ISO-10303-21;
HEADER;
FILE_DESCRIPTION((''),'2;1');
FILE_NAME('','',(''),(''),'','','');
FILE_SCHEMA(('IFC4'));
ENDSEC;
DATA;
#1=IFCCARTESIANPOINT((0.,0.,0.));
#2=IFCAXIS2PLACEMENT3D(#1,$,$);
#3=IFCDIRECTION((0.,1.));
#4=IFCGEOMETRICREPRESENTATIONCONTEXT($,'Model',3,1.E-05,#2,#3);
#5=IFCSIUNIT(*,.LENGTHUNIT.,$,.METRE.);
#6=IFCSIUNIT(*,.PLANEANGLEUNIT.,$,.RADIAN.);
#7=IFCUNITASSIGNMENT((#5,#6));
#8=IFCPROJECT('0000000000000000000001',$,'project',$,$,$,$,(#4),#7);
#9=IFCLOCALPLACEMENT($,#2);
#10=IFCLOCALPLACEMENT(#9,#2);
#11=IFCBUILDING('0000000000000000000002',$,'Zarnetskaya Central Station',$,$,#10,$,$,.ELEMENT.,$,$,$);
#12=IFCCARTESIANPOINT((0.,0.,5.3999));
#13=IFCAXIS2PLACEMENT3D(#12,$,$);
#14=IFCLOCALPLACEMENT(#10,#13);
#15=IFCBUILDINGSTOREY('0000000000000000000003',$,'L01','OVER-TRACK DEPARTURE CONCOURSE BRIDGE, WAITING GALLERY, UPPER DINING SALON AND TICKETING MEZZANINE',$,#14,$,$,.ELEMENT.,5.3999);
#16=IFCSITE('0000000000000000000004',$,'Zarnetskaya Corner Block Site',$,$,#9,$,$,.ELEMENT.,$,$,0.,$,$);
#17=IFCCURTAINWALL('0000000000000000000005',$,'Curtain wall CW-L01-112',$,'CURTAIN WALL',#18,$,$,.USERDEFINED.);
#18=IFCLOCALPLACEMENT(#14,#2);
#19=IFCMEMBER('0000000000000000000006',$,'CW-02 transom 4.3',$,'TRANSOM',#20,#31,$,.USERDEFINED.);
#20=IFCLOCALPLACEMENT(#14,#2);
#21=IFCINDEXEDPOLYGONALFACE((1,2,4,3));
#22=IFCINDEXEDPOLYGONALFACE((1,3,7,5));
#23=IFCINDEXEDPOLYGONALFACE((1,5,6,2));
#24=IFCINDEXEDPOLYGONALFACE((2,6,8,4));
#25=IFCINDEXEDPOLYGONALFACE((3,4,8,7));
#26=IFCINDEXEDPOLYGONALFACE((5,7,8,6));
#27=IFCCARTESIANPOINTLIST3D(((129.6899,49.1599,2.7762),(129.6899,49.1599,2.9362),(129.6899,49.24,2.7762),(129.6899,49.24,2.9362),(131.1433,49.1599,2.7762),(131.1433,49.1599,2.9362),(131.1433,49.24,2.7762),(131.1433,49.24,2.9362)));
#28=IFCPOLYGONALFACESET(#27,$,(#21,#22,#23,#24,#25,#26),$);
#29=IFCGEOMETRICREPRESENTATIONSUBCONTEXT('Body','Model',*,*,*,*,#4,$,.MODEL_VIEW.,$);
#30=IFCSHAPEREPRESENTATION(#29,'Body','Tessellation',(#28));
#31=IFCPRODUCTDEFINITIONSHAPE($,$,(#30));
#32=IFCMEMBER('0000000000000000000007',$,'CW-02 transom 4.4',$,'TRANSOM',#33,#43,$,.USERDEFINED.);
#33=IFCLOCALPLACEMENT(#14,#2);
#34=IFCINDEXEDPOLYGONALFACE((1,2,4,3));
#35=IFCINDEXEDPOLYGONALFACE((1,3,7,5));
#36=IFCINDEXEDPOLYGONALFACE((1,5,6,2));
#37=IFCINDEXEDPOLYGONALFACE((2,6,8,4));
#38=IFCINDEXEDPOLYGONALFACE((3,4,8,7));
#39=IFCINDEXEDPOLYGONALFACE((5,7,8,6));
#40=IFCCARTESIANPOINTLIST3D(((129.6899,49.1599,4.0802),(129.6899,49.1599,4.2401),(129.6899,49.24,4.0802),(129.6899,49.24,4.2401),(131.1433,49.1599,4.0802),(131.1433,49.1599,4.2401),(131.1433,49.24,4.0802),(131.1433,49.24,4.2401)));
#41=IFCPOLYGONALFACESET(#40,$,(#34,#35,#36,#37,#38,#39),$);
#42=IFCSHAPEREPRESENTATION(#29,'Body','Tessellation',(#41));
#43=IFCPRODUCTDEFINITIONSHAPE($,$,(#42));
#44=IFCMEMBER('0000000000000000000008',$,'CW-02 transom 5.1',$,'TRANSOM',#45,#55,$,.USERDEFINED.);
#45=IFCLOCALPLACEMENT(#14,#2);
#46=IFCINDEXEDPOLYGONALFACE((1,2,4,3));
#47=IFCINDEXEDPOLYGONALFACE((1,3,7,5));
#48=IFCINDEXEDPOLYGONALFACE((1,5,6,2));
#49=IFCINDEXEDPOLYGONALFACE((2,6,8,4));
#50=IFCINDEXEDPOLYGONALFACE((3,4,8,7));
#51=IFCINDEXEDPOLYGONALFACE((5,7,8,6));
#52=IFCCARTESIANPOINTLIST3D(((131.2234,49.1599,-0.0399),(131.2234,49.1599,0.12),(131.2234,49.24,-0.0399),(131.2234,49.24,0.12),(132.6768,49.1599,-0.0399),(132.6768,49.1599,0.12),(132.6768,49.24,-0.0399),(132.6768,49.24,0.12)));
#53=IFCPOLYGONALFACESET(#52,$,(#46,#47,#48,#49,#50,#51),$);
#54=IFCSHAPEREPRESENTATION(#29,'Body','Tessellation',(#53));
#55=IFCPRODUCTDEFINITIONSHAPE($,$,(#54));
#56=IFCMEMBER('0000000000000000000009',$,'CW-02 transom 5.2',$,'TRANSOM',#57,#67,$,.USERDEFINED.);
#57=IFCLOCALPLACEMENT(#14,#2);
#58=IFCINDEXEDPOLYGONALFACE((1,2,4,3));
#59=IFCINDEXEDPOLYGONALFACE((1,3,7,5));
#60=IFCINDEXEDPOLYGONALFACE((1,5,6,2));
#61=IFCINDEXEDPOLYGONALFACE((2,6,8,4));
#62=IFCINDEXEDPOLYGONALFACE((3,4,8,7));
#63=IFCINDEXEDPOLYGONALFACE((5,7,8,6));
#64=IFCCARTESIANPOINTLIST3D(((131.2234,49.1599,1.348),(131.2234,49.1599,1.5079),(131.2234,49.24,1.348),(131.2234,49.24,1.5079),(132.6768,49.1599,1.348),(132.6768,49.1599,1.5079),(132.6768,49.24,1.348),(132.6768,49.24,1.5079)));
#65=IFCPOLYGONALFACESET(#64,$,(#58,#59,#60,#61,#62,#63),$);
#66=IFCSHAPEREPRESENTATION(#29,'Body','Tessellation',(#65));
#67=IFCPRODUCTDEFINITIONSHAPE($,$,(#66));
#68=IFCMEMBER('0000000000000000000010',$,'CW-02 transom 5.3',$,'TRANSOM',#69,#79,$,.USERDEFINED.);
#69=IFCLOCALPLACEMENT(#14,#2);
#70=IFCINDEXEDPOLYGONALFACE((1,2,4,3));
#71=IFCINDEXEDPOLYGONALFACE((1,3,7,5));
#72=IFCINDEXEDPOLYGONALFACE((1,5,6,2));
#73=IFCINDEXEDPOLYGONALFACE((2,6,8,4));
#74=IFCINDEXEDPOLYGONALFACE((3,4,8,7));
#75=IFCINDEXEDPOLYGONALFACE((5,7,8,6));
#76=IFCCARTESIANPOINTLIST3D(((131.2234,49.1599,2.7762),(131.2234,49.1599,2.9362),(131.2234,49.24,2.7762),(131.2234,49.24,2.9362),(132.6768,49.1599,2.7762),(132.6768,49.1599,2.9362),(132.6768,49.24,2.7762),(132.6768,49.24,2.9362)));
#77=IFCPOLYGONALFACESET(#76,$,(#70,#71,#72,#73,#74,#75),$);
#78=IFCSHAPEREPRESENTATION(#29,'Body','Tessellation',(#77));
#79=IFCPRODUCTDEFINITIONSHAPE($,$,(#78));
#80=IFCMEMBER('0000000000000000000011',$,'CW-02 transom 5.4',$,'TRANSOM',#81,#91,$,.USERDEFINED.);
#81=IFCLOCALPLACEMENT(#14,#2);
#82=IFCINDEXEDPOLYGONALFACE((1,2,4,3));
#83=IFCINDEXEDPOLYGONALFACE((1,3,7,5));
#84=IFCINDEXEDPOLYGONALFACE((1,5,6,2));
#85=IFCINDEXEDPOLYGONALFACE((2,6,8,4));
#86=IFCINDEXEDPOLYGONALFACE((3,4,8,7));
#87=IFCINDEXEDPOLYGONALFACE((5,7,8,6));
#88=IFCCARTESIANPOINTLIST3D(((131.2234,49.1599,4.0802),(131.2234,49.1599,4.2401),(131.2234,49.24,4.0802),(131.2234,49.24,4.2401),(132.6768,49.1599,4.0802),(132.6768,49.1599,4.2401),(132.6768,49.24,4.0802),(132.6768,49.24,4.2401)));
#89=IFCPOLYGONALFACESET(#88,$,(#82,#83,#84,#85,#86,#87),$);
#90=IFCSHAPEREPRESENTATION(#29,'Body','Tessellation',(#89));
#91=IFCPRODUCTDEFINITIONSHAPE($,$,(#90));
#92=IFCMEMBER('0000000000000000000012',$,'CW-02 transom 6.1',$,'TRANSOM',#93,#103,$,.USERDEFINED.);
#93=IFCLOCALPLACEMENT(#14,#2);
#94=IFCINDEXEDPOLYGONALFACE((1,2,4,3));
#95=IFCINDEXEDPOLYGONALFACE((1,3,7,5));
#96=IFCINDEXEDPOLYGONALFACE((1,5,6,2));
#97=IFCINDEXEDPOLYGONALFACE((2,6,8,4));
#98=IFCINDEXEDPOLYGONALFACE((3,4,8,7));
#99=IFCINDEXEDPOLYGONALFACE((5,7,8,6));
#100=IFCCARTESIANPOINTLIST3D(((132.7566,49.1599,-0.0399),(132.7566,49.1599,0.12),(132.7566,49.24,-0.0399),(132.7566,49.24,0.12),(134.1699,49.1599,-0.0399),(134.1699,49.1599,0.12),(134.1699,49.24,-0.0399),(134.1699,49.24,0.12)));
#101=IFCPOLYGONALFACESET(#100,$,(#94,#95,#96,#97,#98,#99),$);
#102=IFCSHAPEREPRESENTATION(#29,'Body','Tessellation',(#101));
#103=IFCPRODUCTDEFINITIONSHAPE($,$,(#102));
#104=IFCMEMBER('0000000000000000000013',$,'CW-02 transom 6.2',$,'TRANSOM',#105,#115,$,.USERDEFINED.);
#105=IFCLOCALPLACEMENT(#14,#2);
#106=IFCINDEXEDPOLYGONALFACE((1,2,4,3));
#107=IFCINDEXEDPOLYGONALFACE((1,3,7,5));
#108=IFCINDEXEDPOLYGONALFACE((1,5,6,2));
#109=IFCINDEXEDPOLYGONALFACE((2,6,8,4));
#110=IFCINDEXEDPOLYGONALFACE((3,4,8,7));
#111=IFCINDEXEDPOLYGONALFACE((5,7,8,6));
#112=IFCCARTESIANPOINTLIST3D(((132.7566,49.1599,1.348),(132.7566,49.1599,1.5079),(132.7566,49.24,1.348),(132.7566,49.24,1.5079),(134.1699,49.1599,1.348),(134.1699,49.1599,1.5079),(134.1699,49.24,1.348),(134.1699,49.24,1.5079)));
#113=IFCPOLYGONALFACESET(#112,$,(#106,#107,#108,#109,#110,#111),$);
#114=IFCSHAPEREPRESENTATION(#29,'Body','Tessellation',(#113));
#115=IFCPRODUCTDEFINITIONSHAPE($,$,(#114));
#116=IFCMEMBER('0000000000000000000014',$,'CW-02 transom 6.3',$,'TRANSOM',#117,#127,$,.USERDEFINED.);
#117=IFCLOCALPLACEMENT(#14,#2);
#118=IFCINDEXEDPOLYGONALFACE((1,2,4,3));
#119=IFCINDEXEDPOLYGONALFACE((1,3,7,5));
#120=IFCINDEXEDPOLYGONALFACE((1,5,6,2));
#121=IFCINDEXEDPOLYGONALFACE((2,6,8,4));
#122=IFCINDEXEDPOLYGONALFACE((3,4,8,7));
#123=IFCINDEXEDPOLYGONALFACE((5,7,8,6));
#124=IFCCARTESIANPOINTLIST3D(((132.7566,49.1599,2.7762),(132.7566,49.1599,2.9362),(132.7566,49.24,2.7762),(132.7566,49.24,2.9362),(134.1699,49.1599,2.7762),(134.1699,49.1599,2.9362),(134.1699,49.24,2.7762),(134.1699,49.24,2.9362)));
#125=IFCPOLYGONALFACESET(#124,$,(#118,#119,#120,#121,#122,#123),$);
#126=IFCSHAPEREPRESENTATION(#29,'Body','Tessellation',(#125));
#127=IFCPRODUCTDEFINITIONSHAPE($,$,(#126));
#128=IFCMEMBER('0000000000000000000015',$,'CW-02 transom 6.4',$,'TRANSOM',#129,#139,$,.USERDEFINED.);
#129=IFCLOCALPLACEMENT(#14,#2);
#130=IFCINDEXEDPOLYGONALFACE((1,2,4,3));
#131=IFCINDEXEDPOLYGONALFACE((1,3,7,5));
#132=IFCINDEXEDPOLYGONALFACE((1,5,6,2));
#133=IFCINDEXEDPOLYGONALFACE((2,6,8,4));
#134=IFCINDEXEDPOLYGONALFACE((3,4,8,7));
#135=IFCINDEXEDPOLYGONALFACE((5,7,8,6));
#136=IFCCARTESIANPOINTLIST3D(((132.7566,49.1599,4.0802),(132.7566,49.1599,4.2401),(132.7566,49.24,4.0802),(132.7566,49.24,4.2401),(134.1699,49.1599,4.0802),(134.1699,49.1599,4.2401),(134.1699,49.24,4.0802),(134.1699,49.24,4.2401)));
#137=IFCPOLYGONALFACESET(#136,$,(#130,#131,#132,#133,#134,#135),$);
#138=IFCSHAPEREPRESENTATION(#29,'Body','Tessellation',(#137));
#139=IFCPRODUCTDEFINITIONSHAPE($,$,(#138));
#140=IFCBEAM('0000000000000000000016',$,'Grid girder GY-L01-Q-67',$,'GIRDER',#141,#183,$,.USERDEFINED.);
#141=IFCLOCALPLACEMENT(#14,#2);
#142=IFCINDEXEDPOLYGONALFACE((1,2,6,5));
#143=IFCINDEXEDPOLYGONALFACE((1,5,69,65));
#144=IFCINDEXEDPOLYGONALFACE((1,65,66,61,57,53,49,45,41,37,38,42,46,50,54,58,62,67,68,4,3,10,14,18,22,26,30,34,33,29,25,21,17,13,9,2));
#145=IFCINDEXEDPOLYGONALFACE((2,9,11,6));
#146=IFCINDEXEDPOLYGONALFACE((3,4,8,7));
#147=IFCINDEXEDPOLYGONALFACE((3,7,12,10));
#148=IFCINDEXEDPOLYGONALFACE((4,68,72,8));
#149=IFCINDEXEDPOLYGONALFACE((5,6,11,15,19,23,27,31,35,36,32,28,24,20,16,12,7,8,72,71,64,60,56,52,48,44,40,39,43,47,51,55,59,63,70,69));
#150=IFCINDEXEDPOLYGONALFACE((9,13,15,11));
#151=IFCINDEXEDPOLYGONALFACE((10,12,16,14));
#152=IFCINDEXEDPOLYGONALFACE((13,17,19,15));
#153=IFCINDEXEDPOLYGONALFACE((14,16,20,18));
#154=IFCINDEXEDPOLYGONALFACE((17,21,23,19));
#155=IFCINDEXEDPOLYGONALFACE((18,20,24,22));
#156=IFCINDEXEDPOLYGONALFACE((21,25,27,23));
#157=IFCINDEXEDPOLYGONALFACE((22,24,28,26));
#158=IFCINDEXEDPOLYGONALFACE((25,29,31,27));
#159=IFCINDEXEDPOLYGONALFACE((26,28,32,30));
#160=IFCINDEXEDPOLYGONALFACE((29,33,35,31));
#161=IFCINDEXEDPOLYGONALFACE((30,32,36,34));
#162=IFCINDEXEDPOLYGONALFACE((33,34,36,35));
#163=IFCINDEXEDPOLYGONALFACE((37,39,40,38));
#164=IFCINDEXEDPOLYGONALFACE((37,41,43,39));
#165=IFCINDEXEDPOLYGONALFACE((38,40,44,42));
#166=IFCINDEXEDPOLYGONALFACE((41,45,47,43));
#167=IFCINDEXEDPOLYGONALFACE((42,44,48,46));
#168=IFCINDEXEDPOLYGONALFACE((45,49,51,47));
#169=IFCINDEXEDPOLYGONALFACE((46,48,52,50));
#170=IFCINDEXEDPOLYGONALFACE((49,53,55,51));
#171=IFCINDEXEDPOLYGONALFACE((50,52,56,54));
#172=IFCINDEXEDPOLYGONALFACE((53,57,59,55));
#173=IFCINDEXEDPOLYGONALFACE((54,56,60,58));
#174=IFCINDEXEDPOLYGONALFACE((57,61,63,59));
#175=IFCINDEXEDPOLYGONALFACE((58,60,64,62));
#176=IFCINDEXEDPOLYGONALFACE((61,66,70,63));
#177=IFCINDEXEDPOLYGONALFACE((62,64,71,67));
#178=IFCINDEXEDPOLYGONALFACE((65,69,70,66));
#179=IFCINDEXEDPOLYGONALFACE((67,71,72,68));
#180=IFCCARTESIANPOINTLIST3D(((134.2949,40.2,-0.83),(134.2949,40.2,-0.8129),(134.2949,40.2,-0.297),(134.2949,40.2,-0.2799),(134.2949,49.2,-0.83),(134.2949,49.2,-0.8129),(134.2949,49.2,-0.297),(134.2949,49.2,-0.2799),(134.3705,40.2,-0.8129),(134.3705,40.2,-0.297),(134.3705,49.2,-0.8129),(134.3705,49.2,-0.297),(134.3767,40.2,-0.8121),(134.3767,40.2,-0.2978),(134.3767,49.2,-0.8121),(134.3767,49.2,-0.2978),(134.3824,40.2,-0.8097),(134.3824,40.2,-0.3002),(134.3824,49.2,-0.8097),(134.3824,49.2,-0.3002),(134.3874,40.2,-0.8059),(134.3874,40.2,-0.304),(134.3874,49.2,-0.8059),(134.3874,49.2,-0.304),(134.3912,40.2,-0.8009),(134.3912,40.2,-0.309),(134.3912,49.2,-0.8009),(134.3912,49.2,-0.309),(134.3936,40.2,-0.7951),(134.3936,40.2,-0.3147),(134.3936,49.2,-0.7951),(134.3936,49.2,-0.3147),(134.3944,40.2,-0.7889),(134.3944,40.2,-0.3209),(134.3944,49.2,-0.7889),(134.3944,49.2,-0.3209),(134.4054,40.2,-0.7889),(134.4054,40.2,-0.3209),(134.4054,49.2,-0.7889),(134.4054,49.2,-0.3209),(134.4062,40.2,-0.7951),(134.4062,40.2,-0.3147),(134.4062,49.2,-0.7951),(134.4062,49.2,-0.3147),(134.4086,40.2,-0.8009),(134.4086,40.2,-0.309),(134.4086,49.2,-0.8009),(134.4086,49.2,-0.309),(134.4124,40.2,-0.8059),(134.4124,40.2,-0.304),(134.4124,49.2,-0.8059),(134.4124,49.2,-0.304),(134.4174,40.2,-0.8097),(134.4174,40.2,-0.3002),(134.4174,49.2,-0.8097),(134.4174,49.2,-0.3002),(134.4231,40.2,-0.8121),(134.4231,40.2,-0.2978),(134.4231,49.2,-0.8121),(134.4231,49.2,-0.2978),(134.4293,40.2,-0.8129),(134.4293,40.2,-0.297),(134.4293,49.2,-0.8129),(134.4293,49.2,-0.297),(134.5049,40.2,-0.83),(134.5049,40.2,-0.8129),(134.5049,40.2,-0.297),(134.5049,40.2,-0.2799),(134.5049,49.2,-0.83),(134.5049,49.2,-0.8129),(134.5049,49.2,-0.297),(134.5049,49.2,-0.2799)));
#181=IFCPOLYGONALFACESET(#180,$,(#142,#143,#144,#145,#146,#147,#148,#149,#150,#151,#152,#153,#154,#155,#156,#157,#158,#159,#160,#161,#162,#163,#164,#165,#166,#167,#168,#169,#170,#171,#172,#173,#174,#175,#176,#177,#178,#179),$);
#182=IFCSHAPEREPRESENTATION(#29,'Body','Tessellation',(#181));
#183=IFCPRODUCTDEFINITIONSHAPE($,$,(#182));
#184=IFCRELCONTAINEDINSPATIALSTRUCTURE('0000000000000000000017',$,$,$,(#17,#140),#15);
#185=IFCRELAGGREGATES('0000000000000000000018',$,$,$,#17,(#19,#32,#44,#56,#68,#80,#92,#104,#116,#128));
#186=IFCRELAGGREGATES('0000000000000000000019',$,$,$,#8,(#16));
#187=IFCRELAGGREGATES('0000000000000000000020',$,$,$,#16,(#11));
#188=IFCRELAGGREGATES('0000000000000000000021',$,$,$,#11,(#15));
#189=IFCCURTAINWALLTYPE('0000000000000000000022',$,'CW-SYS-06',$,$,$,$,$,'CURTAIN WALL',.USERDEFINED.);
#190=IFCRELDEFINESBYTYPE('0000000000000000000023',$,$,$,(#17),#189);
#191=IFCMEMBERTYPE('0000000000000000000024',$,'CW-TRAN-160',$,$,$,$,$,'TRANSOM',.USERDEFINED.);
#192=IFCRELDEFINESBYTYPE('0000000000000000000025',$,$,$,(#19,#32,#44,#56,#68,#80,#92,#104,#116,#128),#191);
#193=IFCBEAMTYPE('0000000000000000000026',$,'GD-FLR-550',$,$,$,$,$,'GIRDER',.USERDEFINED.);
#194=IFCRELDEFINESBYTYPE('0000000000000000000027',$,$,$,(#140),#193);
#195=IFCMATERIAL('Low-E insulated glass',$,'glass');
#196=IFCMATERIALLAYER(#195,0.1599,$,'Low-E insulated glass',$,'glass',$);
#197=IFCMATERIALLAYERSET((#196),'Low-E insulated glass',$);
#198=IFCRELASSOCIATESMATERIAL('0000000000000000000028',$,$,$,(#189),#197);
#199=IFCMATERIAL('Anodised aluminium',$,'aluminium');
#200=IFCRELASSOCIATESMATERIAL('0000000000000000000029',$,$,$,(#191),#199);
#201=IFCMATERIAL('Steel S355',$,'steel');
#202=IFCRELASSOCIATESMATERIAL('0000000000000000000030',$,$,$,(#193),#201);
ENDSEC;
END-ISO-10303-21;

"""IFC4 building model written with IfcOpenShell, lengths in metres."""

from ifc_helpers import new_model, si_unit, direction, frame, origin, origin_2d, place, context, subcontext, project, spatial, rectangle, i_section, extrude, material, layer, layer_set, material_profile, profile_set, type_object, element, aggregate, save


model = new_model("IFC4")

# Units and contexts
model_context = context("Model", 3, precision=1e-05, world=origin(), true_north=direction((0.0, 1.0)))
body_context = subcontext(model_context, "Body", "Model", "MODEL_VIEW")
ifc_project = project(units=[si_unit("LENGTHUNIT", "METRE"), si_unit("PLANEANGLEUNIT", "RADIAN")], contexts=[model_context])

# Site, building, storey
site_placement = place(None, origin())
site = spatial("IfcSite", under=ifc_project, at=site_placement, Name="Zarnetskaya Corner Block Site", CompositionType="ELEMENT", RefElevation=0.0)
building_placement = place(site_placement, origin())
building = spatial("IfcBuilding", under=site, at=building_placement, Name="Zarnetskaya Central Station", CompositionType="ELEMENT")
storey_placement = place(building_placement, frame((0.0, 0.0, 5.3999)))
storey = spatial("IfcBuildingStorey", under=building, at=storey_placement, Name="L01", Description="OVER-TRACK DEPARTURE CONCOURSE BRIDGE, WAITING GALLERY, UPPER DINING SALON AND TICKETING MEZZANINE", CompositionType="ELEMENT", Elevation=5.3999)

# Shared definitions
ifc_material_1 = material(Name="Steel S355", Category="steel")

# Curtain wall, members
ifc_material_2 = material(Name="Low-E insulated glass", Category="glass")
ifc_layer_1 = layer(ifc_material_2, 0.1599, Name="Low-E insulated glass", Category="glass")
ifc_layer_set_1 = layer_set([ifc_layer_1], Name="Low-E insulated glass")
curtain_wall_type = type_object("IfcCurtainWallType", Name="CW-SYS-06", ElementType="CURTAIN WALL", PredefinedType="USERDEFINED", material=ifc_layer_set_1)
curtain_wall_placement = place(storey_placement, origin())
curtain_wall = element("IfcCurtainWall", 1, at=curtain_wall_placement, inside=storey, type_object=curtain_wall_type, Name="Curtain wall CW-L01-112", ObjectType="CURTAIN WALL", PredefinedType="USERDEFINED")
ifc_material_3 = material(Name="Anodised aluminium", Category="aluminium")
ifc_material_profile_1 = material_profile(ifc_material_3, rectangle(XDim=0.0801, YDim=0.1599, at=origin_2d()), Name="ALU TRAN 80x160")
ifc_profile_set_1 = profile_set([ifc_material_profile_1], Name="Anodised aluminium")
member_type_1 = type_object("IfcMemberType", Name="CW-TRAN-160", ElementType="TRANSOM", PredefinedType="USERDEFINED", material=ifc_profile_set_1)
member_1_placement = place(storey_placement, frame((129.6899, 49.2, 2.8562), z_axis=(1.0, 0.0, 0.0), x_axis=(0.0, 1.0, 0.0)))
member_1 = element("IfcMember", 2, at=member_1_placement, type_object=member_type_1, Name="CW-02 transom 4.3", ObjectType="TRANSOM", PredefinedType="USERDEFINED", context=body_context, shape_type="SweptSolid", body=[
    extrude(rectangle(XDim=0.0801, YDim=0.1599, at=origin_2d()), origin(), (0.0, 0.0, 1.0), 1.4534),
])
member_2_placement = place(storey_placement, frame((129.6899, 49.2, 4.1602), z_axis=(1.0, 0.0, 0.0), x_axis=(0.0, 1.0, 0.0)))
member_2 = element("IfcMember", 3, at=member_2_placement, type_object=member_type_1, Name="CW-02 transom 4.4", ObjectType="TRANSOM", PredefinedType="USERDEFINED", context=body_context, shape_type="SweptSolid", body=[
    extrude(rectangle(XDim=0.0801, YDim=0.1599, at=origin_2d()), origin(), (0.0, 0.0, 1.0), 1.4534),
])
member_3_placement = place(storey_placement, frame((131.2234, 49.2, 0.04), z_axis=(1.0, 0.0, 0.0), x_axis=(0.0, 1.0, 0.0)))
member_3 = element("IfcMember", 4, at=member_3_placement, type_object=member_type_1, Name="CW-02 transom 5.1", ObjectType="TRANSOM", PredefinedType="USERDEFINED", context=body_context, shape_type="SweptSolid", body=[
    extrude(rectangle(XDim=0.0801, YDim=0.1599, at=origin_2d()), origin(), (0.0, 0.0, 1.0), 1.4534),
])
member_4_placement = place(storey_placement, frame((131.2234, 49.2, 1.428), z_axis=(1.0, 0.0, 0.0), x_axis=(0.0, 1.0, 0.0)))
member_4 = element("IfcMember", 5, at=member_4_placement, type_object=member_type_1, Name="CW-02 transom 5.2", ObjectType="TRANSOM", PredefinedType="USERDEFINED", context=body_context, shape_type="SweptSolid", body=[
    extrude(rectangle(XDim=0.0801, YDim=0.1599, at=origin_2d()), origin(), (0.0, 0.0, 1.0), 1.4534),
])
member_5_placement = place(storey_placement, frame((131.2234, 49.2, 2.8562), z_axis=(1.0, 0.0, 0.0), x_axis=(0.0, 1.0, 0.0)))
member_5 = element("IfcMember", 6, at=member_5_placement, type_object=member_type_1, Name="CW-02 transom 5.3", ObjectType="TRANSOM", PredefinedType="USERDEFINED", context=body_context, shape_type="SweptSolid", body=[
    extrude(rectangle(XDim=0.0801, YDim=0.1599, at=origin_2d()), origin(), (0.0, 0.0, 1.0), 1.4534),
])
member_6_placement = place(storey_placement, frame((131.2234, 49.2, 4.1602), z_axis=(1.0, 0.0, 0.0), x_axis=(0.0, 1.0, 0.0)))
member_6 = element("IfcMember", 7, at=member_6_placement, type_object=member_type_1, Name="CW-02 transom 5.4", ObjectType="TRANSOM", PredefinedType="USERDEFINED", context=body_context, shape_type="SweptSolid", body=[
    extrude(rectangle(XDim=0.0801, YDim=0.1599, at=origin_2d()), origin(), (0.0, 0.0, 1.0), 1.4534),
])
member_7_placement = place(storey_placement, frame((132.7566, 49.2, 0.04), z_axis=(1.0, 0.0, 0.0), x_axis=(0.0, 1.0, 0.0)))
member_7 = element("IfcMember", 8, at=member_7_placement, type_object=member_type_1, Name="CW-02 transom 6.1", ObjectType="TRANSOM", PredefinedType="USERDEFINED", context=body_context, shape_type="SweptSolid", body=[
    extrude(rectangle(XDim=0.0801, YDim=0.1599, at=origin_2d()), origin(), (0.0, 0.0, 1.0), 1.4133),
])
member_8_placement = place(storey_placement, frame((132.7566, 49.2, 1.428), z_axis=(1.0, 0.0, 0.0), x_axis=(0.0, 1.0, 0.0)))
member_8 = element("IfcMember", 9, at=member_8_placement, type_object=member_type_1, Name="CW-02 transom 6.2", ObjectType="TRANSOM", PredefinedType="USERDEFINED", context=body_context, shape_type="SweptSolid", body=[
    extrude(rectangle(XDim=0.0801, YDim=0.1599, at=origin_2d()), origin(), (0.0, 0.0, 1.0), 1.4133),
])
member_9_placement = place(storey_placement, frame((132.7566, 49.2, 2.8562), z_axis=(1.0, 0.0, 0.0), x_axis=(0.0, 1.0, 0.0)))
member_9 = element("IfcMember", 10, at=member_9_placement, type_object=member_type_1, Name="CW-02 transom 6.3", ObjectType="TRANSOM", PredefinedType="USERDEFINED", context=body_context, shape_type="SweptSolid", body=[
    extrude(rectangle(XDim=0.0801, YDim=0.1599, at=origin_2d()), origin(), (0.0, 0.0, 1.0), 1.4133),
])
member_10_placement = place(storey_placement, frame((132.7566, 49.2, 4.1602), z_axis=(1.0, 0.0, 0.0), x_axis=(0.0, 1.0, 0.0)))
member_10 = element("IfcMember", 11, at=member_10_placement, type_object=member_type_1, Name="CW-02 transom 6.4", ObjectType="TRANSOM", PredefinedType="USERDEFINED", context=body_context, shape_type="SweptSolid", body=[
    extrude(rectangle(XDim=0.0801, YDim=0.1599, at=origin_2d()), origin(), (0.0, 0.0, 1.0), 1.4133),
])

# Beam
ifc_material_profile_2 = material_profile(ifc_material_1, i_section(OverallWidth=0.21, OverallDepth=0.55, WebThickness=0.011, FlangeThickness=0.0171, FilletRadius=0.0239, at=origin_2d()), Name="IPE 550")
ifc_profile_set_2 = profile_set([ifc_material_profile_2], Name="Steel S355")
beam_type_1 = type_object("IfcBeamType", Name="GD-FLR-550", ElementType="GIRDER", PredefinedType="USERDEFINED", material=ifc_profile_set_2)
for number, where, z_axis, x_axis, name in (
    (12, (134.3999, 40.2, -0.5549), (0.0, 1.0, 0.0), (-1.0, 0.0, 0.0), "Grid girder GY-L01-Q-67"),
):
    element("IfcBeam", number, at=place(storey_placement, frame(where, z_axis=z_axis, x_axis=x_axis)), inside=storey, type_object=beam_type_1, Name=name, ObjectType="GIRDER", PredefinedType="USERDEFINED", context=body_context, shape_type="SweptSolid", body=[
        extrude(i_section(OverallWidth=0.21, OverallDepth=0.55, WebThickness=0.011, FlangeThickness=0.0171, FilletRadius=0.0239, at=origin_2d()), origin(), (0.0, 0.0, 1.0), 9.0),
    ])

aggregate(curtain_wall, [member_1, member_2, member_3, member_4, member_5, member_6, member_7, member_8, member_9, member_10])

save(model, "model.ifc")
